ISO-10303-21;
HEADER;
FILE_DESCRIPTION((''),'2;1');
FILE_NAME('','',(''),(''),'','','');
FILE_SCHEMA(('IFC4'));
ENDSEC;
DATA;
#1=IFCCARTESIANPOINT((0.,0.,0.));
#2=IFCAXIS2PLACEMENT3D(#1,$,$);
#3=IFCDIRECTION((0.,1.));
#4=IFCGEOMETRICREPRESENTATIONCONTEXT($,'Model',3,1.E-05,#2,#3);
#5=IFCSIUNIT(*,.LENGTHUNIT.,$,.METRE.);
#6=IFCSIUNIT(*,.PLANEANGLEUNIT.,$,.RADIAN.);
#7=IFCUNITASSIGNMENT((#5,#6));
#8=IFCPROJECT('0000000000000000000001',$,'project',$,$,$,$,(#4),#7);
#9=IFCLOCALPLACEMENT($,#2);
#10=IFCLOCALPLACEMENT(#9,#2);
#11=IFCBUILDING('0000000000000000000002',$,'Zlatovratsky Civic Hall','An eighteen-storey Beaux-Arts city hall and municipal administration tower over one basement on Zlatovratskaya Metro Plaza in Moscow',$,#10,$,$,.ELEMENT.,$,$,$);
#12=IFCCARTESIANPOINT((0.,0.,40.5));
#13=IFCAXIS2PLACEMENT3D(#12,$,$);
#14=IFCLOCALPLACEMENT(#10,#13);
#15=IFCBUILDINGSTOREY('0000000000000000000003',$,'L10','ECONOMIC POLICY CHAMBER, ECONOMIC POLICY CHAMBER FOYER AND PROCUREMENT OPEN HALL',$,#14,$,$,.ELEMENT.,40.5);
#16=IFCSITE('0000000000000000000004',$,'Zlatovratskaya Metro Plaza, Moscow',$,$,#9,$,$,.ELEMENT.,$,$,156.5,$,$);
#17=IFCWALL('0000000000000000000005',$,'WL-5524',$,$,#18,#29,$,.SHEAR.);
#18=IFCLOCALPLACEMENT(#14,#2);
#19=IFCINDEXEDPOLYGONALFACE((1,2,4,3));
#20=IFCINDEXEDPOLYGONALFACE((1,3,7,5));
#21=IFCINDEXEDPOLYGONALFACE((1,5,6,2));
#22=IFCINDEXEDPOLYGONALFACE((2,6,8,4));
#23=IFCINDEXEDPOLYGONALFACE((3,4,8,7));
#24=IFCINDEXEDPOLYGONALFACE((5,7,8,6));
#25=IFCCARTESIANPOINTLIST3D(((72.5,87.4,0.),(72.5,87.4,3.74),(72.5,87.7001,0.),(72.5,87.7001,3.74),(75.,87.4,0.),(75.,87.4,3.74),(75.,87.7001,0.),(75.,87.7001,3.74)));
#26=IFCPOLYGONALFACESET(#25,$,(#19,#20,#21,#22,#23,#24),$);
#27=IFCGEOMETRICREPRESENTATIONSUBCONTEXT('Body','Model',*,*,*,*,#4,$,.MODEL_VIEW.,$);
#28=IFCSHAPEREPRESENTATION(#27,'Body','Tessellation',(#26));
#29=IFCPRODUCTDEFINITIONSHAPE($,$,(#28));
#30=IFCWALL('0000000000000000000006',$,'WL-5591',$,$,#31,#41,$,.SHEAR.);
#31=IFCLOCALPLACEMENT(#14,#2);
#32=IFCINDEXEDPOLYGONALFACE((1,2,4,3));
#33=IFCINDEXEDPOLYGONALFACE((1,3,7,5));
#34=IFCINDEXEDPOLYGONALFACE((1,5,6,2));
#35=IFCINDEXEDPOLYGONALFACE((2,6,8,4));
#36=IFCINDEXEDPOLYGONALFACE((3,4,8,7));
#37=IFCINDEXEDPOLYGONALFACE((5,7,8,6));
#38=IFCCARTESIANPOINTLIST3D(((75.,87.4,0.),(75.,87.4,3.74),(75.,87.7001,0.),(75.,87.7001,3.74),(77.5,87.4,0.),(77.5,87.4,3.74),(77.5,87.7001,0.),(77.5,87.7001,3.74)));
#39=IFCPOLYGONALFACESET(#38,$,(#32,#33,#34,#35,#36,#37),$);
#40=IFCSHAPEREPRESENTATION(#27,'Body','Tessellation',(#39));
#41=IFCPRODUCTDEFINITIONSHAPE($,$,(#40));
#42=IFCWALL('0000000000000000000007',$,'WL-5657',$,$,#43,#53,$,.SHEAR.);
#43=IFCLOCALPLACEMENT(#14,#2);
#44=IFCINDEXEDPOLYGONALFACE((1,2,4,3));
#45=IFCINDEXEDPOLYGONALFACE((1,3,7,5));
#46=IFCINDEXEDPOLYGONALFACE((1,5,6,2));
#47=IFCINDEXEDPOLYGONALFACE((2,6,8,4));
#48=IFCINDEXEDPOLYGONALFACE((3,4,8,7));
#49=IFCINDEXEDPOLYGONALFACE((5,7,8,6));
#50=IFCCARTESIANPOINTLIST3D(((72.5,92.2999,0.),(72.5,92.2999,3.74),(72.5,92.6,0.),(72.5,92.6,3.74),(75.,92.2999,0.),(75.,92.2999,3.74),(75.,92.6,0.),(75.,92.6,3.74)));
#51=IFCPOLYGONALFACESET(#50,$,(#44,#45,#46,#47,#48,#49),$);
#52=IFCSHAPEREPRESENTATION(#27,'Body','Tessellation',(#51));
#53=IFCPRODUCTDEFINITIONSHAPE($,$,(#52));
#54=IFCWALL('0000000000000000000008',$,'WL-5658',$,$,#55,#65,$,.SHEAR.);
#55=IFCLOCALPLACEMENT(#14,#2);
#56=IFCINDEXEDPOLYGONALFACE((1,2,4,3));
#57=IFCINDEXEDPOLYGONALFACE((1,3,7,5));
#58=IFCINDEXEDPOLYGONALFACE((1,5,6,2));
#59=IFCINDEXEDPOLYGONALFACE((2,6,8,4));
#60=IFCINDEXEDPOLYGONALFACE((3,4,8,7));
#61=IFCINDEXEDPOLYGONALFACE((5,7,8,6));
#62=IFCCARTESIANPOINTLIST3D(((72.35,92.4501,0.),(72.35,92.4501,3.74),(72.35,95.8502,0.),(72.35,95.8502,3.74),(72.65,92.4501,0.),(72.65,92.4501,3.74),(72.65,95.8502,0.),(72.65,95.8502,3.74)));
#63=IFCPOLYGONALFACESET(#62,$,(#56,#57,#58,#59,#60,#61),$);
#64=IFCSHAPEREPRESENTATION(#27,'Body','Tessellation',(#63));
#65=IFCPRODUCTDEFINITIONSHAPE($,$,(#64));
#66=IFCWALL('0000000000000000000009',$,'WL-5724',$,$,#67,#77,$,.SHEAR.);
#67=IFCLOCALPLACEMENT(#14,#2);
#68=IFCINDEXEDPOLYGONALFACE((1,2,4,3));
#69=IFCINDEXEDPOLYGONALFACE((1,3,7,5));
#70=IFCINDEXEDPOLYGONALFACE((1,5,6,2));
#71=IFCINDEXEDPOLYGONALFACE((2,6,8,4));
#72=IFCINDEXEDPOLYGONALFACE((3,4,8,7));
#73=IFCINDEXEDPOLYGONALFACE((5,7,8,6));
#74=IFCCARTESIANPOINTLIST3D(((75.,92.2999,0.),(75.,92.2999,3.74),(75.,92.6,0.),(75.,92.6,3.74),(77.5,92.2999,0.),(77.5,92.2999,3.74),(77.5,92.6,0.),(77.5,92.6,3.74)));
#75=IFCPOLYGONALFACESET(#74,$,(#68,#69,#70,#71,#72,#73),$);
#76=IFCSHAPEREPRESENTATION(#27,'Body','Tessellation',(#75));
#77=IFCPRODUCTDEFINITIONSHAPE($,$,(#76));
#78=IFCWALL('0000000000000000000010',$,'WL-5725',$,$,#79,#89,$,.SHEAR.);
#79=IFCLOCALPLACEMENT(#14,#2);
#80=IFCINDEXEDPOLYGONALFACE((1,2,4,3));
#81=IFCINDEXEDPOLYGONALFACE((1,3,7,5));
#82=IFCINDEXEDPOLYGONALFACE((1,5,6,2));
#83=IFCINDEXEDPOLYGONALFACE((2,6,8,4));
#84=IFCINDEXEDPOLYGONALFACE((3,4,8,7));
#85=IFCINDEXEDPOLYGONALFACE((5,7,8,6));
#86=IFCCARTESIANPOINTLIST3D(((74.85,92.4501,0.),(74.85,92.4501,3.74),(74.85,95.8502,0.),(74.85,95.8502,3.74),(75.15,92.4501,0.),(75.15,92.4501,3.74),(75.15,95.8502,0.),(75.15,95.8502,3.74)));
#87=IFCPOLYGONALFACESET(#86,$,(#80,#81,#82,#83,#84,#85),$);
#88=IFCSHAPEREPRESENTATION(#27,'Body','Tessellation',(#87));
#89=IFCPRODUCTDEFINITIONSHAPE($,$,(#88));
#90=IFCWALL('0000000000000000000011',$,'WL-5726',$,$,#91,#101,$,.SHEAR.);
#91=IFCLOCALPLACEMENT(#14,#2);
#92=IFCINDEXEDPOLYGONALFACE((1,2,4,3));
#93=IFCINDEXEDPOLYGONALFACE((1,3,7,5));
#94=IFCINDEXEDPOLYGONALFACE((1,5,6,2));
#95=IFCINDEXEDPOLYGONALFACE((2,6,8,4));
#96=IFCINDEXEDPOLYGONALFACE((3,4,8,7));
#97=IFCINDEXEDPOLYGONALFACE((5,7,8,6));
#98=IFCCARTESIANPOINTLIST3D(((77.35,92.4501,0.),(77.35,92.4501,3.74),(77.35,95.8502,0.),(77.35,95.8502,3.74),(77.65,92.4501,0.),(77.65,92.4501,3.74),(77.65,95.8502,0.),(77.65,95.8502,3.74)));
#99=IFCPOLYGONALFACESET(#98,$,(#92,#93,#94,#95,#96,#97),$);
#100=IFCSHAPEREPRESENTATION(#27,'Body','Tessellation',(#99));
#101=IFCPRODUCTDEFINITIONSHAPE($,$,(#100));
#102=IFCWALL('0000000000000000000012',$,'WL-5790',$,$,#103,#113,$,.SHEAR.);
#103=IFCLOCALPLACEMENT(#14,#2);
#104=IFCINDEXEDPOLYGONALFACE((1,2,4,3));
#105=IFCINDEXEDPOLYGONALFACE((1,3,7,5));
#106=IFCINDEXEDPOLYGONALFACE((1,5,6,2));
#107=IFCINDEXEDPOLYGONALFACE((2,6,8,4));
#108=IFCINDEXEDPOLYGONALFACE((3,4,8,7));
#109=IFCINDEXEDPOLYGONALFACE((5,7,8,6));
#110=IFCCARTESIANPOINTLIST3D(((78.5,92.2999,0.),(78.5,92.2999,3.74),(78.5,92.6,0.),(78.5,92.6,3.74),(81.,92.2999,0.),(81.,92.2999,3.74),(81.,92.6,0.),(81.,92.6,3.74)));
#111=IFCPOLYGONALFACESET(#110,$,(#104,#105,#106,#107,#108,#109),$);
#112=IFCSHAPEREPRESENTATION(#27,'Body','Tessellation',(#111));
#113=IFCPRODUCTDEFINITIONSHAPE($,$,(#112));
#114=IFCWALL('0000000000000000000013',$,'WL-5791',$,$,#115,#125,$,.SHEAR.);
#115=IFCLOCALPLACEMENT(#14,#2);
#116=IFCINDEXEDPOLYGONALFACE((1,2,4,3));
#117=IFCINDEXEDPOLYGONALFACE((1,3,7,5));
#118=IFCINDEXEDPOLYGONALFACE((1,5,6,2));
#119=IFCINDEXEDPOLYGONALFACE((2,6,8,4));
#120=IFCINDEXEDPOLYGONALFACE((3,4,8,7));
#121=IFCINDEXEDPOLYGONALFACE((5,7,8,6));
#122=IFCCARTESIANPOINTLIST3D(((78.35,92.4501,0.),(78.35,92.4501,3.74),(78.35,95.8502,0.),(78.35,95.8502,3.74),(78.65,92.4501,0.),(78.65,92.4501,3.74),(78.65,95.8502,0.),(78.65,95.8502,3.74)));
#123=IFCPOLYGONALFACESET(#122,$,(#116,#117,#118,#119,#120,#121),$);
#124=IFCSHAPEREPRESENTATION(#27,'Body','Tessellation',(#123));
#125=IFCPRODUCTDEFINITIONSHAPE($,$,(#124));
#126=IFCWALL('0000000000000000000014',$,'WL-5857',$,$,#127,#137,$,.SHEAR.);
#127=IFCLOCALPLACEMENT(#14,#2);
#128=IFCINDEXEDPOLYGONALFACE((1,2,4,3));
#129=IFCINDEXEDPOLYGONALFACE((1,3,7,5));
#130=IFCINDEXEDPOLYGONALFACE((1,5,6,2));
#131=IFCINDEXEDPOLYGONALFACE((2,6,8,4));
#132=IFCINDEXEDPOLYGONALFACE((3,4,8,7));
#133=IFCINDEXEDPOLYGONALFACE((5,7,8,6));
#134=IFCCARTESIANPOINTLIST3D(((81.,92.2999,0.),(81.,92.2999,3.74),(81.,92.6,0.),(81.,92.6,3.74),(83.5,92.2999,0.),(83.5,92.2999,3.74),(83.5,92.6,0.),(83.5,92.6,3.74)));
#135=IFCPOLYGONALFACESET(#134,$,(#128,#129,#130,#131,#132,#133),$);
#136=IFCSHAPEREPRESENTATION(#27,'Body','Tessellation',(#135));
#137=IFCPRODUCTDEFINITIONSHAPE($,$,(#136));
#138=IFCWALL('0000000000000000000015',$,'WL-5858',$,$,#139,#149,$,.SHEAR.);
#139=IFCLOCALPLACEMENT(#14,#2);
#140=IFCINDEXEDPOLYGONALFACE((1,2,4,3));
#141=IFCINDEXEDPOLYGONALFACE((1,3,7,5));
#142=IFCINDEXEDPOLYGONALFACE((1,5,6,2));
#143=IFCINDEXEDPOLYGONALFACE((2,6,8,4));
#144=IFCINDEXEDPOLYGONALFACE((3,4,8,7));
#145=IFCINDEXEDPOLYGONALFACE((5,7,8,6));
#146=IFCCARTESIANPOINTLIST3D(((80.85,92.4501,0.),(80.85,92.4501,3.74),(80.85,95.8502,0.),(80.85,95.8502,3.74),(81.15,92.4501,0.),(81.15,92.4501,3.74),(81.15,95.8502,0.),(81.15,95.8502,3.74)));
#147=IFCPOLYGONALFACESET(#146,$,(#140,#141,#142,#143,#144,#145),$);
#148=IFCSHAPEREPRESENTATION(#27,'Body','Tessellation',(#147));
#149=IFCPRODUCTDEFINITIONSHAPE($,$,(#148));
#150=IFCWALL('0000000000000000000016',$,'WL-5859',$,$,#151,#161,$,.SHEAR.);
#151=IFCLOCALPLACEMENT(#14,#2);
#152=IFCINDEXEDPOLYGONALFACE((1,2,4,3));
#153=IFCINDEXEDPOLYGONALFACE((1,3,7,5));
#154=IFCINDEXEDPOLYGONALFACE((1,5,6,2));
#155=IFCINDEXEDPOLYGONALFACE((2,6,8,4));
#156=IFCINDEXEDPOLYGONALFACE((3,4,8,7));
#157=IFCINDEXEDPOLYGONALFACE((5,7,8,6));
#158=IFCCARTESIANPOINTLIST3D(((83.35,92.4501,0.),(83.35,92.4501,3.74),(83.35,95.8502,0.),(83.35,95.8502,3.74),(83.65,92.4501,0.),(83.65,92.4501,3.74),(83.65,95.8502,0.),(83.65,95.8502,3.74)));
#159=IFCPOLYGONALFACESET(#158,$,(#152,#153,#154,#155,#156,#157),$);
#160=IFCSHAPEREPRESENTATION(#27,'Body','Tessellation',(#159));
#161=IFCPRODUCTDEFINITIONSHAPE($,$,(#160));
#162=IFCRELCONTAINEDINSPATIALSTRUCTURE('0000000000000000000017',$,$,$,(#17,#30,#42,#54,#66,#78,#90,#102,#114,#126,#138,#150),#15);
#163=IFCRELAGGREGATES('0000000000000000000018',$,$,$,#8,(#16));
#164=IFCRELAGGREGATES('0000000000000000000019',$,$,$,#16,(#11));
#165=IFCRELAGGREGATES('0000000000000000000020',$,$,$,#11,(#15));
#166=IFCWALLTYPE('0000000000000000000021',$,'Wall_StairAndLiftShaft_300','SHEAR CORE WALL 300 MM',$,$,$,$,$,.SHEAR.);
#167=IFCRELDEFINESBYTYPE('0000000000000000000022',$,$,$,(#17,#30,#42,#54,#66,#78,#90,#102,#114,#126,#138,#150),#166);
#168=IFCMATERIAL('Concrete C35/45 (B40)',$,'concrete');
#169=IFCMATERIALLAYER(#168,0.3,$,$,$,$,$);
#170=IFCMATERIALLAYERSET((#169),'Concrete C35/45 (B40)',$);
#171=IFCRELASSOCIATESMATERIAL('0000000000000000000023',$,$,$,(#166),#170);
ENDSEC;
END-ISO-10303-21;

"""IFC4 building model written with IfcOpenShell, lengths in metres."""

from ifc_helpers import new_model, si_unit, direction, frame, frame_2d, origin, place, context, subcontext, project, spatial, rectangle, extrude, material, layer, layer_set, type_object, element, save


model = new_model("IFC4")

# Units and contexts
model_context = context("Model", 3, precision=1e-05, world=origin(), true_north=direction((0.0, 1.0)))
body_context = subcontext(model_context, "Body", "Model", "MODEL_VIEW")
ifc_project = project(units=[si_unit("LENGTHUNIT", "METRE"), si_unit("PLANEANGLEUNIT", "RADIAN")], contexts=[model_context])

# Site, building, storey
site_placement = place(None, origin())
site = spatial("IfcSite", under=ifc_project, at=site_placement, Name="Zlatovratskaya Metro Plaza, Moscow", CompositionType="ELEMENT", RefElevation=156.5)
building_placement = place(site_placement, origin())
building = spatial("IfcBuilding", under=site, at=building_placement, Name="Zlatovratsky Civic Hall", Description="An eighteen-storey Beaux-Arts city hall and municipal administration tower over one basement on Zlatovratskaya Metro Plaza in Moscow", CompositionType="ELEMENT")
storey_placement = place(building_placement, frame((0.0, 0.0, 40.5)))
storey = spatial("IfcBuildingStorey", under=building, at=storey_placement, Name="L10", Description="ECONOMIC POLICY CHAMBER, ECONOMIC POLICY CHAMBER FOYER AND PROCUREMENT OPEN HALL", CompositionType="ELEMENT", Elevation=40.5)

# Shared definitions
ifc_material_1 = material(Name="Concrete C35/45 (B40)", Category="concrete")

# Walls
ifc_layer_1 = layer(ifc_material_1, 0.3)
ifc_layer_set_1 = layer_set([ifc_layer_1], Name="Concrete C35/45 (B40)")
wall_type_1 = type_object("IfcWallType", Name="Wall_StairAndLiftShaft_300", Description="SHEAR CORE WALL 300 MM", PredefinedType="SHEAR", material=ifc_layer_set_1)
for number, where, z_axis, x_axis, name in (
    (1, (72.5, 87.55, 0.0), (0.0, 0.0, 1.0), (1.0, 0.0, 0.0), "WL-5524"),
    (2, (75.0, 87.55, 0.0), (0.0, 0.0, 1.0), (1.0, 0.0, 0.0), "WL-5591"),
):
    element("IfcWall", number, at=place(storey_placement, frame(where, z_axis=z_axis, x_axis=x_axis)), inside=storey, type_object=wall_type_1, Name=name, PredefinedType="SHEAR", context=body_context, shape_type="SweptSolid", body=[
        extrude(rectangle(XDim=2.5, YDim=0.3, at=frame_2d((1.25, 0.0))), origin(), (0.0, 0.0, 1.0), 3.74),
    ])

# Walls
wall_1_placement = place(storey_placement, frame((72.5, 92.45, 0.0), z_axis=(0.0, 0.0, 1.0), x_axis=(1.0, 0.0, 0.0)))
element("IfcWall", 3, at=wall_1_placement, inside=storey, type_object=wall_type_1, Name="WL-5657", PredefinedType="SHEAR", context=body_context, shape_type="SweptSolid", body=[
    extrude(rectangle(XDim=2.5, YDim=0.3, at=frame_2d((1.25, 0.0))), origin(), (0.0, 0.0, 1.0), 3.74),
])
wall_2_placement = place(storey_placement, frame((72.5, 92.45, 0.0), z_axis=(0.0, 0.0, 1.0), x_axis=(0.0, 1.0, 0.0)))
element("IfcWall", 4, at=wall_2_placement, inside=storey, type_object=wall_type_1, Name="WL-5658", PredefinedType="SHEAR", context=body_context, shape_type="SweptSolid", body=[
    extrude(rectangle(XDim=3.4001, YDim=0.3, at=frame_2d((1.7002, 0.0))), origin(), (0.0, 0.0, 1.0), 3.74),
])

# Walls
wall_3_placement = place(storey_placement, frame((75.0, 92.45, 0.0), z_axis=(0.0, 0.0, 1.0), x_axis=(1.0, 0.0, 0.0)))
element("IfcWall", 5, at=wall_3_placement, inside=storey, type_object=wall_type_1, Name="WL-5724", PredefinedType="SHEAR", context=body_context, shape_type="SweptSolid", body=[
    extrude(rectangle(XDim=2.5, YDim=0.3, at=frame_2d((1.25, 0.0))), origin(), (0.0, 0.0, 1.0), 3.74),
])
for number, where, z_axis, x_axis, name in (
    (6, (75.0, 92.45, 0.0), (0.0, 0.0, 1.0), (0.0, 1.0, 0.0), "WL-5725"),
    (7, (77.5, 92.45, 0.0), (0.0, 0.0, 1.0), (0.0, 1.0, 0.0), "WL-5726"),
):
    element("IfcWall", number, at=place(storey_placement, frame(where, z_axis=z_axis, x_axis=x_axis)), inside=storey, type_object=wall_type_1, Name=name, PredefinedType="SHEAR", context=body_context, shape_type="SweptSolid", body=[
        extrude(rectangle(XDim=3.4001, YDim=0.3, at=frame_2d((1.7002, 0.0))), origin(), (0.0, 0.0, 1.0), 3.74),
    ])

# Walls
wall_4_placement = place(storey_placement, frame((78.5, 92.45, 0.0), z_axis=(0.0, 0.0, 1.0), x_axis=(1.0, 0.0, 0.0)))
element("IfcWall", 8, at=wall_4_placement, inside=storey, type_object=wall_type_1, Name="WL-5790", PredefinedType="SHEAR", context=body_context, shape_type="SweptSolid", body=[
    extrude(rectangle(XDim=2.5, YDim=0.3, at=frame_2d((1.25, 0.0))), origin(), (0.0, 0.0, 1.0), 3.74),
])
wall_5_placement = place(storey_placement, frame((78.5, 92.45, 0.0), z_axis=(0.0, 0.0, 1.0), x_axis=(0.0, 1.0, 0.0)))
element("IfcWall", 9, at=wall_5_placement, inside=storey, type_object=wall_type_1, Name="WL-5791", PredefinedType="SHEAR", context=body_context, shape_type="SweptSolid", body=[
    extrude(rectangle(XDim=3.4001, YDim=0.3, at=frame_2d((1.7002, 0.0))), origin(), (0.0, 0.0, 1.0), 3.74),
])
wall_6_placement = place(storey_placement, frame((81.0, 92.45, 0.0), z_axis=(0.0, 0.0, 1.0), x_axis=(1.0, 0.0, 0.0)))
element("IfcWall", 10, at=wall_6_placement, inside=storey, type_object=wall_type_1, Name="WL-5857", PredefinedType="SHEAR", context=body_context, shape_type="SweptSolid", body=[
    extrude(rectangle(XDim=2.5, YDim=0.3, at=frame_2d((1.25, 0.0))), origin(), (0.0, 0.0, 1.0), 3.74),
])
for number, where, z_axis, x_axis, name in (
    (11, (81.0, 92.45, 0.0), (0.0, 0.0, 1.0), (0.0, 1.0, 0.0), "WL-5858"),
    (12, (83.5, 92.45, 0.0), (0.0, 0.0, 1.0), (0.0, 1.0, 0.0), "WL-5859"),
):
    element("IfcWall", number, at=place(storey_placement, frame(where, z_axis=z_axis, x_axis=x_axis)), inside=storey, type_object=wall_type_1, Name=name, PredefinedType="SHEAR", context=body_context, shape_type="SweptSolid", body=[
        extrude(rectangle(XDim=3.4001, YDim=0.3, at=frame_2d((1.7002, 0.0))), origin(), (0.0, 0.0, 1.0), 3.74),
    ])

save(model, "model.ifc")
